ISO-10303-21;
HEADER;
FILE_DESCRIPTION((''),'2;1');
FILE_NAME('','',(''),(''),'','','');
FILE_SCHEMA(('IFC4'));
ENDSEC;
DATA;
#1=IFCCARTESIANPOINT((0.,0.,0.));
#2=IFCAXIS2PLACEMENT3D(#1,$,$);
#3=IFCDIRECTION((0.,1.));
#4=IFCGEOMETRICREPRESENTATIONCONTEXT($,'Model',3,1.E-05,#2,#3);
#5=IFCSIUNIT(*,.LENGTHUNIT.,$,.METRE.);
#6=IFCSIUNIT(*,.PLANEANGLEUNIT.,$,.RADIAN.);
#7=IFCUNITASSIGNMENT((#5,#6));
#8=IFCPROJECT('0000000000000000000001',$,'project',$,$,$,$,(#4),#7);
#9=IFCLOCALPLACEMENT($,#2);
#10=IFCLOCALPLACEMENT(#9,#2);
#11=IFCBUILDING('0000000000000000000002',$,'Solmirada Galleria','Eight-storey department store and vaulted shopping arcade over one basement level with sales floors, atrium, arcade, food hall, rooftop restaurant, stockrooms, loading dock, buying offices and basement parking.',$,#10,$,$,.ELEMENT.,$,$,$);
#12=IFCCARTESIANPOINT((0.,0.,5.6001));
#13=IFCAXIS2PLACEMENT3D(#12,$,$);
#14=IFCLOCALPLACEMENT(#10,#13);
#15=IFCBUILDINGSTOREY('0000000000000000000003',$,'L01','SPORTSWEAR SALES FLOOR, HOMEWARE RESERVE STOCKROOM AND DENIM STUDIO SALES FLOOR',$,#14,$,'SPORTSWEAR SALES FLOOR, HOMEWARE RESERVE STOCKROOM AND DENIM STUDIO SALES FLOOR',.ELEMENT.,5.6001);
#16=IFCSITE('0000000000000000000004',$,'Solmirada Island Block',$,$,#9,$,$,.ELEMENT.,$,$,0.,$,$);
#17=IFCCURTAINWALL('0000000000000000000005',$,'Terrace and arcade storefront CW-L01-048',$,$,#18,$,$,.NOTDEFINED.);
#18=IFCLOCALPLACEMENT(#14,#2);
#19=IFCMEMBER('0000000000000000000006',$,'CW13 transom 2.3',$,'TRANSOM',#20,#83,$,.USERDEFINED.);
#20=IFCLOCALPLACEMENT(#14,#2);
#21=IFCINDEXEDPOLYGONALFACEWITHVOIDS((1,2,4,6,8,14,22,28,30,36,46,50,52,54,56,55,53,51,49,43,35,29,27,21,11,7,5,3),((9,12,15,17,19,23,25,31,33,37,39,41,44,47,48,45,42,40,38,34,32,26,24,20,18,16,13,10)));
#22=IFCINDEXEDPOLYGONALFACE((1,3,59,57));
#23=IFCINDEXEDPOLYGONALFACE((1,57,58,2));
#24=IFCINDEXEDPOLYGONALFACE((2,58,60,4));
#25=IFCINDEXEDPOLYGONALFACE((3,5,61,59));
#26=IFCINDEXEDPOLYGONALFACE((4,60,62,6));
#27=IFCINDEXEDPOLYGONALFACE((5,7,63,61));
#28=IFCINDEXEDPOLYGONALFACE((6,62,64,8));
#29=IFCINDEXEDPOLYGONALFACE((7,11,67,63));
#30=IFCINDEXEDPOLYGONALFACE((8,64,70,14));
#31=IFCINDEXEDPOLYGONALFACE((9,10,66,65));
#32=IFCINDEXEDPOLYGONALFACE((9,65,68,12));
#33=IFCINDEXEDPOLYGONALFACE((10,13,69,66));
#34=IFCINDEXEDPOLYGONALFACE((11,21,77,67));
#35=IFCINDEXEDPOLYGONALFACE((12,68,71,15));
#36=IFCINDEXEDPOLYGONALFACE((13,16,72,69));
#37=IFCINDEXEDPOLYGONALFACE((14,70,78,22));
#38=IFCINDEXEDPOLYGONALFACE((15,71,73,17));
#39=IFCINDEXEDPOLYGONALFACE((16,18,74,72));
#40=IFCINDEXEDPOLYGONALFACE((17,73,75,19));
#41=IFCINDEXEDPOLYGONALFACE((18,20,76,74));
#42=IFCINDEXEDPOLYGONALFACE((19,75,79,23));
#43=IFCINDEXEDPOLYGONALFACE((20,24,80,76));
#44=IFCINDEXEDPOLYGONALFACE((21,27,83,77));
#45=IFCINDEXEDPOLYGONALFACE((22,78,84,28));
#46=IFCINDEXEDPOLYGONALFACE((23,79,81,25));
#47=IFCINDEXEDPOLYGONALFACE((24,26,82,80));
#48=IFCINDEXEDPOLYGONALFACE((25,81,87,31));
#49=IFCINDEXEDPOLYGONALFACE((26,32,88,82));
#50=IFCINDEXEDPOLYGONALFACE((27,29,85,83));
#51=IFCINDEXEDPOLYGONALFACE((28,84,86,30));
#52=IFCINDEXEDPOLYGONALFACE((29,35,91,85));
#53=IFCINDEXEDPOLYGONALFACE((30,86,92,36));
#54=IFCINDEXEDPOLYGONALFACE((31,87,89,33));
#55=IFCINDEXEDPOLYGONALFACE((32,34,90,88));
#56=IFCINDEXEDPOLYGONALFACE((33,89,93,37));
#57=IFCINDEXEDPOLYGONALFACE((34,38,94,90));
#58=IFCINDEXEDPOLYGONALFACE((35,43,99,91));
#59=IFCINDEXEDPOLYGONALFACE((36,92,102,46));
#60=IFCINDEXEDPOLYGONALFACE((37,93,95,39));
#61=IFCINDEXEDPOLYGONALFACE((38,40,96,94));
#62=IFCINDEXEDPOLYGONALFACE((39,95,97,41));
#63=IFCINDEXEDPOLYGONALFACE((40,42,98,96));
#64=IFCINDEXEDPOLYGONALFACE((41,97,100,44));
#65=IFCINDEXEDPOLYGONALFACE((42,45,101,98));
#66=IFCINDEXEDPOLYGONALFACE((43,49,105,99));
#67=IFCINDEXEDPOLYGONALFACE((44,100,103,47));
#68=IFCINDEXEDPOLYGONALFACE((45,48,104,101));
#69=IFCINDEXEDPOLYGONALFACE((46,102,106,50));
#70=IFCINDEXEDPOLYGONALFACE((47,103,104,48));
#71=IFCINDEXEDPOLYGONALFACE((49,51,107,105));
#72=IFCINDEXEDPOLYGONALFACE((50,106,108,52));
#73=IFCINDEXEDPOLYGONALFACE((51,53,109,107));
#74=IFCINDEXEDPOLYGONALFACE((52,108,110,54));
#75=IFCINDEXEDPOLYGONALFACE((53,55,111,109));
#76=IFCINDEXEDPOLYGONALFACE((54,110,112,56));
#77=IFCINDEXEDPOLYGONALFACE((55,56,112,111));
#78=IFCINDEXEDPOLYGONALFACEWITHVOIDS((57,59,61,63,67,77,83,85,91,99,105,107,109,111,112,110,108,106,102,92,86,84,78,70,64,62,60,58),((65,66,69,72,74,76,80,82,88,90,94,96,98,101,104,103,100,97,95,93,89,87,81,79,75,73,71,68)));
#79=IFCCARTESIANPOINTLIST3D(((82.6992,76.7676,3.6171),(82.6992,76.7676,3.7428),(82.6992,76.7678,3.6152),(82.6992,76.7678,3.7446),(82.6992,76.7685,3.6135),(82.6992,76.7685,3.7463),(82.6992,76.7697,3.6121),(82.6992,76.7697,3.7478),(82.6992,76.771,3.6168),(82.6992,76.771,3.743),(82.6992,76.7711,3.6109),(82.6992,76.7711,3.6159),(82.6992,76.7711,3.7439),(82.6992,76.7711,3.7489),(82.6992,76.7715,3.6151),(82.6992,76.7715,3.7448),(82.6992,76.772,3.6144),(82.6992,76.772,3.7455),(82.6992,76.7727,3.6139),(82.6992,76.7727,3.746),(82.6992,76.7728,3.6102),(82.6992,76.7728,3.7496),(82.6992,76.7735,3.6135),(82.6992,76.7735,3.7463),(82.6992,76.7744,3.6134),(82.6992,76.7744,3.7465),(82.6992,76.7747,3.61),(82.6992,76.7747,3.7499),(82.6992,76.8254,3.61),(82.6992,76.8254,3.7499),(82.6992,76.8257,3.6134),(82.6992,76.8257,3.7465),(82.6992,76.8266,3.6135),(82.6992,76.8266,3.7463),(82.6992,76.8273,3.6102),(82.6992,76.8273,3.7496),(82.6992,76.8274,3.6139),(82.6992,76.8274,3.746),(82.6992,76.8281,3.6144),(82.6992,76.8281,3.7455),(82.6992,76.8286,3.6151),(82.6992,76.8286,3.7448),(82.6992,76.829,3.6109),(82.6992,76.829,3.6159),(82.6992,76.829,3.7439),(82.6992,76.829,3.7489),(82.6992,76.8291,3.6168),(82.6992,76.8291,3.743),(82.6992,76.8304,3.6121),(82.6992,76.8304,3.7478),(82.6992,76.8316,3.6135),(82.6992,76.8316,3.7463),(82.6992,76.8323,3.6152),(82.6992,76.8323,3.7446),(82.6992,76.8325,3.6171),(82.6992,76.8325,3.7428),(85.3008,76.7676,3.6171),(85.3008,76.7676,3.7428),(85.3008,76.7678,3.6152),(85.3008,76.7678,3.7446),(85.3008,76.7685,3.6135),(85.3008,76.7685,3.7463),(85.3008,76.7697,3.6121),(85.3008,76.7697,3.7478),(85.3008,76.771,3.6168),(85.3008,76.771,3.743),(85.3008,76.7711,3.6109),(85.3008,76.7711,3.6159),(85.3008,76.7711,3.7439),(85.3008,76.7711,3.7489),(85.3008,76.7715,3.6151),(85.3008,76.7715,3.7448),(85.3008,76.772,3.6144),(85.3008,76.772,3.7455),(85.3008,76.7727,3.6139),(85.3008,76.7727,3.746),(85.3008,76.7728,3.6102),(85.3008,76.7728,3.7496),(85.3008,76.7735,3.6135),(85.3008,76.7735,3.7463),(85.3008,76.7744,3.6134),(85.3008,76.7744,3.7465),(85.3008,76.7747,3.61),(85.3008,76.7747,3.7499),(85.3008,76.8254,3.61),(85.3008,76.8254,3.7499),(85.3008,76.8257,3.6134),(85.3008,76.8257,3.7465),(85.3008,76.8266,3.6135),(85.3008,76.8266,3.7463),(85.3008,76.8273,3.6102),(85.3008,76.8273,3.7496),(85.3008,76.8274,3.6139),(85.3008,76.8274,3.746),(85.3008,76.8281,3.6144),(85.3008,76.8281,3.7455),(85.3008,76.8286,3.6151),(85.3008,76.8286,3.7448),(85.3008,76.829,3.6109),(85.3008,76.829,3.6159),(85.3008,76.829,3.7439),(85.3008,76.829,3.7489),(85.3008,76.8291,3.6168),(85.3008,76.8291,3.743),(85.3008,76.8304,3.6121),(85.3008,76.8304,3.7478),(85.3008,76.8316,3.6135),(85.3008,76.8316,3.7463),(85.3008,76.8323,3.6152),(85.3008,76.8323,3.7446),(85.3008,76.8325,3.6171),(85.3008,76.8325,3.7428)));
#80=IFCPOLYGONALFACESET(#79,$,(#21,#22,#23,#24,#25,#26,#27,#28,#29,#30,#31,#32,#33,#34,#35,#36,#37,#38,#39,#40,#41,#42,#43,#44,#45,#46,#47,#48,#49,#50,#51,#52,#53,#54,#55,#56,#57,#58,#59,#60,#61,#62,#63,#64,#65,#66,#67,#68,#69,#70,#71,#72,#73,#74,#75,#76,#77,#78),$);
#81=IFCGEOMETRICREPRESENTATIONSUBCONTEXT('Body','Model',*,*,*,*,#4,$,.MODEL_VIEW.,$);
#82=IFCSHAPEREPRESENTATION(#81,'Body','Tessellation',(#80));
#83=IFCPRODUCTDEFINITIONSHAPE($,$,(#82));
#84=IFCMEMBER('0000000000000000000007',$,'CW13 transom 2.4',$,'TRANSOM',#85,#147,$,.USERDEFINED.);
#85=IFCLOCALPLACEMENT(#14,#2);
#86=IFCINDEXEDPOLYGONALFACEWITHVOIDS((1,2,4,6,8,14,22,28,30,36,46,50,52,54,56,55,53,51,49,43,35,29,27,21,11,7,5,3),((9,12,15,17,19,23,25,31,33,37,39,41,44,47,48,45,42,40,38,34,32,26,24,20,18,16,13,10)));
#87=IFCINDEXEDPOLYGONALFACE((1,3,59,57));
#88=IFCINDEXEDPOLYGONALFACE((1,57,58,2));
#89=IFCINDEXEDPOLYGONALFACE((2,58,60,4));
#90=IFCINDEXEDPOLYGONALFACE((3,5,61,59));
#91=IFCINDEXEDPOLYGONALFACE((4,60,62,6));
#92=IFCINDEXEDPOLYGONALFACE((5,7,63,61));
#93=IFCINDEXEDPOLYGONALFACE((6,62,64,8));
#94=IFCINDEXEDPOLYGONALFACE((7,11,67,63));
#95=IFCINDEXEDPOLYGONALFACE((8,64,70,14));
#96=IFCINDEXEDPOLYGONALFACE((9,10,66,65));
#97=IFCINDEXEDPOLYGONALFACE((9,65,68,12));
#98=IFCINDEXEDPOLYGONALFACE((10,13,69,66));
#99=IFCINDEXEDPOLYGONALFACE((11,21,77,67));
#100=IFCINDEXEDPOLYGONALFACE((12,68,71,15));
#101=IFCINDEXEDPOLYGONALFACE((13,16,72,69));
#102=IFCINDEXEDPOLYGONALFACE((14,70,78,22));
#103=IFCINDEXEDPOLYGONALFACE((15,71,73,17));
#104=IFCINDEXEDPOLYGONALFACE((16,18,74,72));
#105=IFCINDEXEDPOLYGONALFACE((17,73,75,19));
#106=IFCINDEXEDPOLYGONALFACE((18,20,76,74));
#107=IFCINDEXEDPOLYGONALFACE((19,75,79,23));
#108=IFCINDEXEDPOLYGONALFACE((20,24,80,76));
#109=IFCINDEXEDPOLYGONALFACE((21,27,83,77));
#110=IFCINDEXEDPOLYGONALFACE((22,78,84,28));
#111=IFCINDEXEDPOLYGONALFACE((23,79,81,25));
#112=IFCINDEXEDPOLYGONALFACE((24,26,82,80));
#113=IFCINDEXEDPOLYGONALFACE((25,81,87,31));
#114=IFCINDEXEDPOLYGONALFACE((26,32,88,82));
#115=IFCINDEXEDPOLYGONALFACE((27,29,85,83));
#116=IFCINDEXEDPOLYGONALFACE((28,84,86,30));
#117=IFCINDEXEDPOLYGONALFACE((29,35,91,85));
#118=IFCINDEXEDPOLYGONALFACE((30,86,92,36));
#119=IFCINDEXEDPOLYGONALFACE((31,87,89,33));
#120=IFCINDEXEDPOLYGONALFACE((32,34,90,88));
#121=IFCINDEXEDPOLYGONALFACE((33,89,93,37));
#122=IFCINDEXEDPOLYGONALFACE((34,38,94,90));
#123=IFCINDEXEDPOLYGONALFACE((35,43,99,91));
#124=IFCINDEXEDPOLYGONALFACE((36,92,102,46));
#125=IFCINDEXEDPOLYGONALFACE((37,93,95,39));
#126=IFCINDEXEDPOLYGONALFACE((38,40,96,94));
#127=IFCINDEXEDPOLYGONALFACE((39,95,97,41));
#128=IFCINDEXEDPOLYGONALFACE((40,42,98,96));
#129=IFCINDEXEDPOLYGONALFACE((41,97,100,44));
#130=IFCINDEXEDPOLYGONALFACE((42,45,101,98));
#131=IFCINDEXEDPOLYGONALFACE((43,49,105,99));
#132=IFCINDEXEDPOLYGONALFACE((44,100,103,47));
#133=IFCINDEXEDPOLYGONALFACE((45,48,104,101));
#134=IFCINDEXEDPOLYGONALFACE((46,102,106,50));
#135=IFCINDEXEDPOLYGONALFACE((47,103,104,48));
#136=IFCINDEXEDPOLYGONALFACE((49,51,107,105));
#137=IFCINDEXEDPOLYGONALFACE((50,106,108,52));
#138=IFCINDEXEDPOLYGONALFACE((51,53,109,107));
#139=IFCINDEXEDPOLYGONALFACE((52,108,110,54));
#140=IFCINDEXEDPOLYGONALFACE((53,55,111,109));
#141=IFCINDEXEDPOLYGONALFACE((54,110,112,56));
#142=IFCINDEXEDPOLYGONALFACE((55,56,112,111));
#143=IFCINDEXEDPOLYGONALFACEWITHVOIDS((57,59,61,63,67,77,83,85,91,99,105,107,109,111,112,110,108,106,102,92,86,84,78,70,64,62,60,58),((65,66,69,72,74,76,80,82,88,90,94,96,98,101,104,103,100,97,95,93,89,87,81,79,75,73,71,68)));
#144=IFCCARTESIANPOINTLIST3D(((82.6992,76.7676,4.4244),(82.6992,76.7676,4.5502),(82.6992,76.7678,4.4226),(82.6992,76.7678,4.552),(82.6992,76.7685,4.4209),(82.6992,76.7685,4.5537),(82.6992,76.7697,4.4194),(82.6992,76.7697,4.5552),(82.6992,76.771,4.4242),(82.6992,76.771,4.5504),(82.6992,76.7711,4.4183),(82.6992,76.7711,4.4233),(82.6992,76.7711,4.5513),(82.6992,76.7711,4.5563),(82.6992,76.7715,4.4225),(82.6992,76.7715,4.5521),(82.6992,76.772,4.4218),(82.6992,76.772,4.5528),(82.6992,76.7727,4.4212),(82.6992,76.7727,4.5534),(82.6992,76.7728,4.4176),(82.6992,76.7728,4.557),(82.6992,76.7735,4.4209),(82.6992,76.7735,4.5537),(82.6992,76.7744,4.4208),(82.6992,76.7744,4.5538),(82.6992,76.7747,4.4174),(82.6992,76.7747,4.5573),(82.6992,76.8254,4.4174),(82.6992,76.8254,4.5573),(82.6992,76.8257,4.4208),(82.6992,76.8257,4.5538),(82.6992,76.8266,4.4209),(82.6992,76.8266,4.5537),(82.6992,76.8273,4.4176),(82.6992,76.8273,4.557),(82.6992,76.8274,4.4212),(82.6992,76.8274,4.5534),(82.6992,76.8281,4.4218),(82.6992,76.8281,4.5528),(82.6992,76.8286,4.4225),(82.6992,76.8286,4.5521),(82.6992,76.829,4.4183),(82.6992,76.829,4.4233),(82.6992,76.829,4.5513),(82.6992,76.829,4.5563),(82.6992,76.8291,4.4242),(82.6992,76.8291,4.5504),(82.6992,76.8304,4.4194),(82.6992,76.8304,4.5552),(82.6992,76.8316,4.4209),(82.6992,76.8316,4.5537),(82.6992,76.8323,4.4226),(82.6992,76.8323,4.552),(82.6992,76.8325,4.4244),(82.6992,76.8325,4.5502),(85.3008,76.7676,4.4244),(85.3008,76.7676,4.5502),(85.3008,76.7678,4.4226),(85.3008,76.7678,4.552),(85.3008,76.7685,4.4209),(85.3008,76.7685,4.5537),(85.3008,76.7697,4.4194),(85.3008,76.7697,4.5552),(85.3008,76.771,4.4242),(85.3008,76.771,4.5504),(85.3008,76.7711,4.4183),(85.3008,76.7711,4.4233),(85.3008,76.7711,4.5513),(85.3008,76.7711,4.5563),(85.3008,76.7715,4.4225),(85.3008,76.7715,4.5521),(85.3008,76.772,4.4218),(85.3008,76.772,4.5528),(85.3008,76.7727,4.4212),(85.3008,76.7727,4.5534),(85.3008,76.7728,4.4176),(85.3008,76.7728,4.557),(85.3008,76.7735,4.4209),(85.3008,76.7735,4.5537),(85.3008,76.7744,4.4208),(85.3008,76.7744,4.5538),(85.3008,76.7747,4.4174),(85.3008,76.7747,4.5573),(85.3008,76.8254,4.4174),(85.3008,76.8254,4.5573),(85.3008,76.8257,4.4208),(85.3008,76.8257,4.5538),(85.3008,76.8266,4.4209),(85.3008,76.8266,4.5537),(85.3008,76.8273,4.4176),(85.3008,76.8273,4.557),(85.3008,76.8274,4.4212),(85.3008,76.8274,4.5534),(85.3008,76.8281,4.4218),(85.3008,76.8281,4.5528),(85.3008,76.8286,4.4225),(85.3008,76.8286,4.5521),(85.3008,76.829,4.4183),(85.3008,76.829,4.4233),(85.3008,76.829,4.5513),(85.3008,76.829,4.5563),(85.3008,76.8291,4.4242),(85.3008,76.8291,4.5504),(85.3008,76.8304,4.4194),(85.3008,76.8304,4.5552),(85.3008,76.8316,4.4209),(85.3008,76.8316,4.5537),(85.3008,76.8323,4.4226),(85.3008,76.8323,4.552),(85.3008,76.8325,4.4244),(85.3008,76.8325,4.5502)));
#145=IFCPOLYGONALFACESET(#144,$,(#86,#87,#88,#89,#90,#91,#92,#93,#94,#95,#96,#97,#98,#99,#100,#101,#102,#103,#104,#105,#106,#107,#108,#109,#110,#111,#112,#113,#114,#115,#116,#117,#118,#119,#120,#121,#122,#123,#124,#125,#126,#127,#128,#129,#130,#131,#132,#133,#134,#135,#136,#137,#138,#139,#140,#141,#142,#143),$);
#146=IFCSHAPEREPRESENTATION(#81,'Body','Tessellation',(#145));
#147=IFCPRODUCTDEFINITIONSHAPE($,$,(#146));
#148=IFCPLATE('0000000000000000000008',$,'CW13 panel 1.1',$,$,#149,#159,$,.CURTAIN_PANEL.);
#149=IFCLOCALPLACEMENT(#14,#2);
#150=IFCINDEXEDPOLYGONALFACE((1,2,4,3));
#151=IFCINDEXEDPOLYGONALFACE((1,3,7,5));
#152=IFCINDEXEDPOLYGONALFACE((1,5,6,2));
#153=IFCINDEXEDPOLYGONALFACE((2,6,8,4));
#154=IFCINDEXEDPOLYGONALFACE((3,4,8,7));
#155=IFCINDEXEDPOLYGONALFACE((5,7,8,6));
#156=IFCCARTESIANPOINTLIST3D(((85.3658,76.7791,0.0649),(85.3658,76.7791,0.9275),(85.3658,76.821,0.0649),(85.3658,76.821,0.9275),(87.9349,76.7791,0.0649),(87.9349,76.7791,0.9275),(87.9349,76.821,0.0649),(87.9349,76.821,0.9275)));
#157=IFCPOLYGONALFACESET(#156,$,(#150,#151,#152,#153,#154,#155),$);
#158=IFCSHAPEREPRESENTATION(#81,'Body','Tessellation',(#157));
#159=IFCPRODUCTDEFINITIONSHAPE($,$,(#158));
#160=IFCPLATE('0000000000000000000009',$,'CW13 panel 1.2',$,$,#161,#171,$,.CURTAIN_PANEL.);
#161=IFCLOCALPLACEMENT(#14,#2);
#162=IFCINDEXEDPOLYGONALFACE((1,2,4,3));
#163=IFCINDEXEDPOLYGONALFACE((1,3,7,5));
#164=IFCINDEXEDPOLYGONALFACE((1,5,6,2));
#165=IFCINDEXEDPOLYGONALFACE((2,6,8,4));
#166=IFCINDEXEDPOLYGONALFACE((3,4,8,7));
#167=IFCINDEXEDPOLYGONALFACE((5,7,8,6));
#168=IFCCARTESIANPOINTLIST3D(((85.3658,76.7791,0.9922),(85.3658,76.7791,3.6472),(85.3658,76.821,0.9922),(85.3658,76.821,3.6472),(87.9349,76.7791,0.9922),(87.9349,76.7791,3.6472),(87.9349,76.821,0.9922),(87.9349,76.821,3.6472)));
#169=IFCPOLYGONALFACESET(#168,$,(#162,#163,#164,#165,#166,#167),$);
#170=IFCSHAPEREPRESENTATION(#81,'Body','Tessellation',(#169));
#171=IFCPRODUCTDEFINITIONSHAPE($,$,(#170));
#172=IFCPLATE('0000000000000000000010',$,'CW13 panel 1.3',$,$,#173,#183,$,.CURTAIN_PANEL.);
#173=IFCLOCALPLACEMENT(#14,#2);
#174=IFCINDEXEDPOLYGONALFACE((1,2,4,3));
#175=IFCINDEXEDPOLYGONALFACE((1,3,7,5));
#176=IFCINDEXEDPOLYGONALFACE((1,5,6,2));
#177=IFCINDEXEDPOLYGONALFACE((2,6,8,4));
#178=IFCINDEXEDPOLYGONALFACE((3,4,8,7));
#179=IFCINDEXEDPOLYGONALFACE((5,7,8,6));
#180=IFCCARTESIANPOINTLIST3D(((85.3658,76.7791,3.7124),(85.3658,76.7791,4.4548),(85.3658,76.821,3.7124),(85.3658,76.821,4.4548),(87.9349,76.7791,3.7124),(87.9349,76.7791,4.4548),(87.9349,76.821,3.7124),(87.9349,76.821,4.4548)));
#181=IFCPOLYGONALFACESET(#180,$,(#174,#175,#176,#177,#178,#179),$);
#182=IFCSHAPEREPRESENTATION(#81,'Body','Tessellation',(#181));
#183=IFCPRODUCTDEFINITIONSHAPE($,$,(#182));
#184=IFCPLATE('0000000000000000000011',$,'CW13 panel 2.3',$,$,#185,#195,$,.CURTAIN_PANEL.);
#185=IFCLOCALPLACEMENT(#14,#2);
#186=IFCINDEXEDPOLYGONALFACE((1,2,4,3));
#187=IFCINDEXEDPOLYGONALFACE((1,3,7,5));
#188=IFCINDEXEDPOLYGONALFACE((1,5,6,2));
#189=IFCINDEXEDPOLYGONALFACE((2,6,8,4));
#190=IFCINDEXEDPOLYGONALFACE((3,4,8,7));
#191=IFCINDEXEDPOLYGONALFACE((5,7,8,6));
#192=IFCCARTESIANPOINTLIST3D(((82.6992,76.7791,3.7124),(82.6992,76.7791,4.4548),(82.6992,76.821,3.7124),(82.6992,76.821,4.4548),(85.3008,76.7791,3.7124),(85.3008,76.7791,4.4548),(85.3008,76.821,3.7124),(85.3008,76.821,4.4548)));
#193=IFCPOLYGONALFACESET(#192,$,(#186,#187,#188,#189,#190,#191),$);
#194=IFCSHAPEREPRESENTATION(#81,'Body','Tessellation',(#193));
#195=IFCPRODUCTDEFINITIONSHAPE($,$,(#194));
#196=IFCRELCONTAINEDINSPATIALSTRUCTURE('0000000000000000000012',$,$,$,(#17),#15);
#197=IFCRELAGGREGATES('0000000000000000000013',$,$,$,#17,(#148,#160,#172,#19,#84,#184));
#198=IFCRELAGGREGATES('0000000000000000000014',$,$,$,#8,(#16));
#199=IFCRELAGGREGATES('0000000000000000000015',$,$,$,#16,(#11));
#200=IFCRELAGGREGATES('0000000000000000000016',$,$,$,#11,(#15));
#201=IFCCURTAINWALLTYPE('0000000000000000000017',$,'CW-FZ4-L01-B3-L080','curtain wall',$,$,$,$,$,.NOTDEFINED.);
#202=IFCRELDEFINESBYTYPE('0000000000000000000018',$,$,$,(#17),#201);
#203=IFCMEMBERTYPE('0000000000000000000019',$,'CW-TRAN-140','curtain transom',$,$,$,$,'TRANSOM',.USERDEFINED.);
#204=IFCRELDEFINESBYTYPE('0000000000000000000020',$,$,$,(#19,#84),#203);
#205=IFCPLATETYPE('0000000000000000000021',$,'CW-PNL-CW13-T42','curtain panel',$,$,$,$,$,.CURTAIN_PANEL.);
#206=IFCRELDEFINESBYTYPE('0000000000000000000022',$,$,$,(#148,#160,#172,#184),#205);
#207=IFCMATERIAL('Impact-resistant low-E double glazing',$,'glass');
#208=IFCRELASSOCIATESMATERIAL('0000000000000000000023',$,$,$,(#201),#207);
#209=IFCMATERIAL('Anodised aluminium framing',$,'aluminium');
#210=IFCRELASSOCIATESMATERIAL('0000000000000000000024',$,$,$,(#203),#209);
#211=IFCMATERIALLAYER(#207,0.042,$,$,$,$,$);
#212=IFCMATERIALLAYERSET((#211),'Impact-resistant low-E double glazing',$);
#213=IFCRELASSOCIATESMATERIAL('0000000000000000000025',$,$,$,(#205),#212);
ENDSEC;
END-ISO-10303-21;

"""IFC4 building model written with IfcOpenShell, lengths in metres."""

from ifc_helpers import new_model, si_unit, direction, frame, origin, origin_2d, place, context, subcontext, project, spatial, rectangle, hollow_rectangle, extrude, material, layer, layer_set, material_profile, profile_set, type_object, element, aggregate, save


model = new_model("IFC4")

# Units and contexts
model_context = context("Model", 3, precision=1e-05, world=origin(), true_north=direction((0.0, 1.0)))
body_context = subcontext(model_context, "Body", "Model", "MODEL_VIEW")
ifc_project = project(units=[si_unit("LENGTHUNIT", "METRE"), si_unit("PLANEANGLEUNIT", "RADIAN")], contexts=[model_context])

# Site, building, storey
site_placement = place(None, origin())
site = spatial("IfcSite", under=ifc_project, at=site_placement, Name="Solmirada Island Block", CompositionType="ELEMENT", RefElevation=0.0)
building_placement = place(site_placement, origin())
building = spatial("IfcBuilding", under=site, at=building_placement, Name="Solmirada Galleria", Description="Eight-storey department store and vaulted shopping arcade over one basement level with sales floors, atrium, arcade, food hall, rooftop restaurant, stockrooms, loading dock, buying offices and basement parking.", CompositionType="ELEMENT")
storey_placement = place(building_placement, frame((0.0, 0.0, 5.6001)))
storey = spatial("IfcBuildingStorey", under=building, at=storey_placement, Name="L01", Description="SPORTSWEAR SALES FLOOR, HOMEWARE RESERVE STOCKROOM AND DENIM STUDIO SALES FLOOR", LongName="SPORTSWEAR SALES FLOOR, HOMEWARE RESERVE STOCKROOM AND DENIM STUDIO SALES FLOOR", CompositionType="ELEMENT", Elevation=5.6001)

# Curtain wall, members, plates
ifc_material_1 = material(Name="Impact-resistant low-E double glazing", Category="glass")
curtain_wall_type = type_object("IfcCurtainWallType", Name="CW-FZ4-L01-B3-L080", Description="curtain wall", PredefinedType="NOTDEFINED", material=ifc_material_1)
curtain_wall_placement = place(storey_placement, origin())
curtain_wall = element("IfcCurtainWall", 1, at=curtain_wall_placement, inside=storey, type_object=curtain_wall_type, Name="Terrace and arcade storefront CW-L01-048", PredefinedType="NOTDEFINED")
ifc_material_2 = material(Name="Anodised aluminium framing", Category="aluminium")
ifc_material_profile_1 = material_profile(ifc_material_2, hollow_rectangle(XDim=0.0649, YDim=0.1399, WallThickness=0.0034, InnerFilletRadius=0.0034, OuterFilletRadius=0.0071, at=origin_2d()), Name="ALU-TRAN-140X65")
ifc_profile_set_1 = profile_set([ifc_material_profile_1], Name="Anodised aluminium framing")
member_type_1 = type_object("IfcMemberType", Name="CW-TRAN-140", Description="curtain transom", ElementType="TRANSOM", PredefinedType="USERDEFINED", material=ifc_profile_set_1)
member_1_placement = place(storey_placement, frame((85.3008, 76.8, 3.6799), z_axis=(-1.0, 0.0, 0.0), x_axis=(0.0, -1.0, 0.0)))
member_1 = element("IfcMember", 2, at=member_1_placement, type_object=member_type_1, Name="CW13 transom 2.3", ObjectType="TRANSOM", PredefinedType="USERDEFINED", context=body_context, shape_type="SweptSolid", body=[
    extrude(hollow_rectangle(XDim=0.0649, YDim=0.1399, WallThickness=0.0034, InnerFilletRadius=0.0034, OuterFilletRadius=0.0071, at=origin_2d()), origin(), (0.0, 0.0, 1.0), 2.6016),
])
member_2_placement = place(storey_placement, frame((85.3008, 76.8, 4.4873), z_axis=(-1.0, 0.0, 0.0), x_axis=(0.0, -1.0, 0.0)))
member_2 = element("IfcMember", 3, at=member_2_placement, type_object=member_type_1, Name="CW13 transom 2.4", ObjectType="TRANSOM", PredefinedType="USERDEFINED", context=body_context, shape_type="SweptSolid", body=[
    extrude(hollow_rectangle(XDim=0.0649, YDim=0.1399, WallThickness=0.0034, InnerFilletRadius=0.0034, OuterFilletRadius=0.0071, at=origin_2d()), origin(), (0.0, 0.0, 1.0), 2.6016),
])
ifc_layer_1 = layer(ifc_material_1, 0.042)
ifc_layer_set_1 = layer_set([ifc_layer_1], Name="Impact-resistant low-E double glazing")
plate_type = type_object("IfcPlateType", Name="CW-PNL-CW13-T42", Description="curtain panel", PredefinedType="CURTAIN_PANEL", material=ifc_layer_set_1)
plate_1_placement = place(storey_placement, frame((86.6504, 76.8, 0.0649), z_axis=(0.0, 0.0, 1.0), x_axis=(-1.0, 0.0, 0.0)))
plate_1 = element("IfcPlate", 4, at=plate_1_placement, type_object=plate_type, Name="CW13 panel 1.1", PredefinedType="CURTAIN_PANEL", context=body_context, shape_type="SweptSolid", body=[
    extrude(rectangle(XDim=2.5691, YDim=0.042, at=origin_2d()), origin(), (0.0, 0.0, 1.0), 0.8625),
])
plate_2_placement = place(storey_placement, frame((86.6504, 76.8, 0.9922), z_axis=(0.0, 0.0, 1.0), x_axis=(-1.0, 0.0, 0.0)))
plate_2 = element("IfcPlate", 5, at=plate_2_placement, type_object=plate_type, Name="CW13 panel 1.2", PredefinedType="CURTAIN_PANEL", context=body_context, shape_type="SweptSolid", body=[
    extrude(rectangle(XDim=2.5691, YDim=0.042, at=origin_2d()), origin(), (0.0, 0.0, 1.0), 2.655),
])
plate_3_placement = place(storey_placement, frame((86.6504, 76.8, 3.7124), z_axis=(0.0, 0.0, 1.0), x_axis=(-1.0, 0.0, 0.0)))
plate_3 = element("IfcPlate", 6, at=plate_3_placement, type_object=plate_type, Name="CW13 panel 1.3", PredefinedType="CURTAIN_PANEL", context=body_context, shape_type="SweptSolid", body=[
    extrude(rectangle(XDim=2.5691, YDim=0.042, at=origin_2d()), origin(), (0.0, 0.0, 1.0), 0.7424),
])
plate_4_placement = place(storey_placement, frame((84.0, 76.8, 3.7124), z_axis=(0.0, 0.0, 1.0), x_axis=(-1.0, 0.0, 0.0)))
plate_4 = element("IfcPlate", 7, at=plate_4_placement, type_object=plate_type, Name="CW13 panel 2.3", PredefinedType="CURTAIN_PANEL", context=body_context, shape_type="SweptSolid", body=[
    extrude(rectangle(XDim=2.6016, YDim=0.042, at=origin_2d()), origin(), (0.0, 0.0, 1.0), 0.7424),
])
aggregate(curtain_wall, [plate_1, plate_2, plate_3, member_1, member_2, plate_4])

save(model, "model.ifc")
